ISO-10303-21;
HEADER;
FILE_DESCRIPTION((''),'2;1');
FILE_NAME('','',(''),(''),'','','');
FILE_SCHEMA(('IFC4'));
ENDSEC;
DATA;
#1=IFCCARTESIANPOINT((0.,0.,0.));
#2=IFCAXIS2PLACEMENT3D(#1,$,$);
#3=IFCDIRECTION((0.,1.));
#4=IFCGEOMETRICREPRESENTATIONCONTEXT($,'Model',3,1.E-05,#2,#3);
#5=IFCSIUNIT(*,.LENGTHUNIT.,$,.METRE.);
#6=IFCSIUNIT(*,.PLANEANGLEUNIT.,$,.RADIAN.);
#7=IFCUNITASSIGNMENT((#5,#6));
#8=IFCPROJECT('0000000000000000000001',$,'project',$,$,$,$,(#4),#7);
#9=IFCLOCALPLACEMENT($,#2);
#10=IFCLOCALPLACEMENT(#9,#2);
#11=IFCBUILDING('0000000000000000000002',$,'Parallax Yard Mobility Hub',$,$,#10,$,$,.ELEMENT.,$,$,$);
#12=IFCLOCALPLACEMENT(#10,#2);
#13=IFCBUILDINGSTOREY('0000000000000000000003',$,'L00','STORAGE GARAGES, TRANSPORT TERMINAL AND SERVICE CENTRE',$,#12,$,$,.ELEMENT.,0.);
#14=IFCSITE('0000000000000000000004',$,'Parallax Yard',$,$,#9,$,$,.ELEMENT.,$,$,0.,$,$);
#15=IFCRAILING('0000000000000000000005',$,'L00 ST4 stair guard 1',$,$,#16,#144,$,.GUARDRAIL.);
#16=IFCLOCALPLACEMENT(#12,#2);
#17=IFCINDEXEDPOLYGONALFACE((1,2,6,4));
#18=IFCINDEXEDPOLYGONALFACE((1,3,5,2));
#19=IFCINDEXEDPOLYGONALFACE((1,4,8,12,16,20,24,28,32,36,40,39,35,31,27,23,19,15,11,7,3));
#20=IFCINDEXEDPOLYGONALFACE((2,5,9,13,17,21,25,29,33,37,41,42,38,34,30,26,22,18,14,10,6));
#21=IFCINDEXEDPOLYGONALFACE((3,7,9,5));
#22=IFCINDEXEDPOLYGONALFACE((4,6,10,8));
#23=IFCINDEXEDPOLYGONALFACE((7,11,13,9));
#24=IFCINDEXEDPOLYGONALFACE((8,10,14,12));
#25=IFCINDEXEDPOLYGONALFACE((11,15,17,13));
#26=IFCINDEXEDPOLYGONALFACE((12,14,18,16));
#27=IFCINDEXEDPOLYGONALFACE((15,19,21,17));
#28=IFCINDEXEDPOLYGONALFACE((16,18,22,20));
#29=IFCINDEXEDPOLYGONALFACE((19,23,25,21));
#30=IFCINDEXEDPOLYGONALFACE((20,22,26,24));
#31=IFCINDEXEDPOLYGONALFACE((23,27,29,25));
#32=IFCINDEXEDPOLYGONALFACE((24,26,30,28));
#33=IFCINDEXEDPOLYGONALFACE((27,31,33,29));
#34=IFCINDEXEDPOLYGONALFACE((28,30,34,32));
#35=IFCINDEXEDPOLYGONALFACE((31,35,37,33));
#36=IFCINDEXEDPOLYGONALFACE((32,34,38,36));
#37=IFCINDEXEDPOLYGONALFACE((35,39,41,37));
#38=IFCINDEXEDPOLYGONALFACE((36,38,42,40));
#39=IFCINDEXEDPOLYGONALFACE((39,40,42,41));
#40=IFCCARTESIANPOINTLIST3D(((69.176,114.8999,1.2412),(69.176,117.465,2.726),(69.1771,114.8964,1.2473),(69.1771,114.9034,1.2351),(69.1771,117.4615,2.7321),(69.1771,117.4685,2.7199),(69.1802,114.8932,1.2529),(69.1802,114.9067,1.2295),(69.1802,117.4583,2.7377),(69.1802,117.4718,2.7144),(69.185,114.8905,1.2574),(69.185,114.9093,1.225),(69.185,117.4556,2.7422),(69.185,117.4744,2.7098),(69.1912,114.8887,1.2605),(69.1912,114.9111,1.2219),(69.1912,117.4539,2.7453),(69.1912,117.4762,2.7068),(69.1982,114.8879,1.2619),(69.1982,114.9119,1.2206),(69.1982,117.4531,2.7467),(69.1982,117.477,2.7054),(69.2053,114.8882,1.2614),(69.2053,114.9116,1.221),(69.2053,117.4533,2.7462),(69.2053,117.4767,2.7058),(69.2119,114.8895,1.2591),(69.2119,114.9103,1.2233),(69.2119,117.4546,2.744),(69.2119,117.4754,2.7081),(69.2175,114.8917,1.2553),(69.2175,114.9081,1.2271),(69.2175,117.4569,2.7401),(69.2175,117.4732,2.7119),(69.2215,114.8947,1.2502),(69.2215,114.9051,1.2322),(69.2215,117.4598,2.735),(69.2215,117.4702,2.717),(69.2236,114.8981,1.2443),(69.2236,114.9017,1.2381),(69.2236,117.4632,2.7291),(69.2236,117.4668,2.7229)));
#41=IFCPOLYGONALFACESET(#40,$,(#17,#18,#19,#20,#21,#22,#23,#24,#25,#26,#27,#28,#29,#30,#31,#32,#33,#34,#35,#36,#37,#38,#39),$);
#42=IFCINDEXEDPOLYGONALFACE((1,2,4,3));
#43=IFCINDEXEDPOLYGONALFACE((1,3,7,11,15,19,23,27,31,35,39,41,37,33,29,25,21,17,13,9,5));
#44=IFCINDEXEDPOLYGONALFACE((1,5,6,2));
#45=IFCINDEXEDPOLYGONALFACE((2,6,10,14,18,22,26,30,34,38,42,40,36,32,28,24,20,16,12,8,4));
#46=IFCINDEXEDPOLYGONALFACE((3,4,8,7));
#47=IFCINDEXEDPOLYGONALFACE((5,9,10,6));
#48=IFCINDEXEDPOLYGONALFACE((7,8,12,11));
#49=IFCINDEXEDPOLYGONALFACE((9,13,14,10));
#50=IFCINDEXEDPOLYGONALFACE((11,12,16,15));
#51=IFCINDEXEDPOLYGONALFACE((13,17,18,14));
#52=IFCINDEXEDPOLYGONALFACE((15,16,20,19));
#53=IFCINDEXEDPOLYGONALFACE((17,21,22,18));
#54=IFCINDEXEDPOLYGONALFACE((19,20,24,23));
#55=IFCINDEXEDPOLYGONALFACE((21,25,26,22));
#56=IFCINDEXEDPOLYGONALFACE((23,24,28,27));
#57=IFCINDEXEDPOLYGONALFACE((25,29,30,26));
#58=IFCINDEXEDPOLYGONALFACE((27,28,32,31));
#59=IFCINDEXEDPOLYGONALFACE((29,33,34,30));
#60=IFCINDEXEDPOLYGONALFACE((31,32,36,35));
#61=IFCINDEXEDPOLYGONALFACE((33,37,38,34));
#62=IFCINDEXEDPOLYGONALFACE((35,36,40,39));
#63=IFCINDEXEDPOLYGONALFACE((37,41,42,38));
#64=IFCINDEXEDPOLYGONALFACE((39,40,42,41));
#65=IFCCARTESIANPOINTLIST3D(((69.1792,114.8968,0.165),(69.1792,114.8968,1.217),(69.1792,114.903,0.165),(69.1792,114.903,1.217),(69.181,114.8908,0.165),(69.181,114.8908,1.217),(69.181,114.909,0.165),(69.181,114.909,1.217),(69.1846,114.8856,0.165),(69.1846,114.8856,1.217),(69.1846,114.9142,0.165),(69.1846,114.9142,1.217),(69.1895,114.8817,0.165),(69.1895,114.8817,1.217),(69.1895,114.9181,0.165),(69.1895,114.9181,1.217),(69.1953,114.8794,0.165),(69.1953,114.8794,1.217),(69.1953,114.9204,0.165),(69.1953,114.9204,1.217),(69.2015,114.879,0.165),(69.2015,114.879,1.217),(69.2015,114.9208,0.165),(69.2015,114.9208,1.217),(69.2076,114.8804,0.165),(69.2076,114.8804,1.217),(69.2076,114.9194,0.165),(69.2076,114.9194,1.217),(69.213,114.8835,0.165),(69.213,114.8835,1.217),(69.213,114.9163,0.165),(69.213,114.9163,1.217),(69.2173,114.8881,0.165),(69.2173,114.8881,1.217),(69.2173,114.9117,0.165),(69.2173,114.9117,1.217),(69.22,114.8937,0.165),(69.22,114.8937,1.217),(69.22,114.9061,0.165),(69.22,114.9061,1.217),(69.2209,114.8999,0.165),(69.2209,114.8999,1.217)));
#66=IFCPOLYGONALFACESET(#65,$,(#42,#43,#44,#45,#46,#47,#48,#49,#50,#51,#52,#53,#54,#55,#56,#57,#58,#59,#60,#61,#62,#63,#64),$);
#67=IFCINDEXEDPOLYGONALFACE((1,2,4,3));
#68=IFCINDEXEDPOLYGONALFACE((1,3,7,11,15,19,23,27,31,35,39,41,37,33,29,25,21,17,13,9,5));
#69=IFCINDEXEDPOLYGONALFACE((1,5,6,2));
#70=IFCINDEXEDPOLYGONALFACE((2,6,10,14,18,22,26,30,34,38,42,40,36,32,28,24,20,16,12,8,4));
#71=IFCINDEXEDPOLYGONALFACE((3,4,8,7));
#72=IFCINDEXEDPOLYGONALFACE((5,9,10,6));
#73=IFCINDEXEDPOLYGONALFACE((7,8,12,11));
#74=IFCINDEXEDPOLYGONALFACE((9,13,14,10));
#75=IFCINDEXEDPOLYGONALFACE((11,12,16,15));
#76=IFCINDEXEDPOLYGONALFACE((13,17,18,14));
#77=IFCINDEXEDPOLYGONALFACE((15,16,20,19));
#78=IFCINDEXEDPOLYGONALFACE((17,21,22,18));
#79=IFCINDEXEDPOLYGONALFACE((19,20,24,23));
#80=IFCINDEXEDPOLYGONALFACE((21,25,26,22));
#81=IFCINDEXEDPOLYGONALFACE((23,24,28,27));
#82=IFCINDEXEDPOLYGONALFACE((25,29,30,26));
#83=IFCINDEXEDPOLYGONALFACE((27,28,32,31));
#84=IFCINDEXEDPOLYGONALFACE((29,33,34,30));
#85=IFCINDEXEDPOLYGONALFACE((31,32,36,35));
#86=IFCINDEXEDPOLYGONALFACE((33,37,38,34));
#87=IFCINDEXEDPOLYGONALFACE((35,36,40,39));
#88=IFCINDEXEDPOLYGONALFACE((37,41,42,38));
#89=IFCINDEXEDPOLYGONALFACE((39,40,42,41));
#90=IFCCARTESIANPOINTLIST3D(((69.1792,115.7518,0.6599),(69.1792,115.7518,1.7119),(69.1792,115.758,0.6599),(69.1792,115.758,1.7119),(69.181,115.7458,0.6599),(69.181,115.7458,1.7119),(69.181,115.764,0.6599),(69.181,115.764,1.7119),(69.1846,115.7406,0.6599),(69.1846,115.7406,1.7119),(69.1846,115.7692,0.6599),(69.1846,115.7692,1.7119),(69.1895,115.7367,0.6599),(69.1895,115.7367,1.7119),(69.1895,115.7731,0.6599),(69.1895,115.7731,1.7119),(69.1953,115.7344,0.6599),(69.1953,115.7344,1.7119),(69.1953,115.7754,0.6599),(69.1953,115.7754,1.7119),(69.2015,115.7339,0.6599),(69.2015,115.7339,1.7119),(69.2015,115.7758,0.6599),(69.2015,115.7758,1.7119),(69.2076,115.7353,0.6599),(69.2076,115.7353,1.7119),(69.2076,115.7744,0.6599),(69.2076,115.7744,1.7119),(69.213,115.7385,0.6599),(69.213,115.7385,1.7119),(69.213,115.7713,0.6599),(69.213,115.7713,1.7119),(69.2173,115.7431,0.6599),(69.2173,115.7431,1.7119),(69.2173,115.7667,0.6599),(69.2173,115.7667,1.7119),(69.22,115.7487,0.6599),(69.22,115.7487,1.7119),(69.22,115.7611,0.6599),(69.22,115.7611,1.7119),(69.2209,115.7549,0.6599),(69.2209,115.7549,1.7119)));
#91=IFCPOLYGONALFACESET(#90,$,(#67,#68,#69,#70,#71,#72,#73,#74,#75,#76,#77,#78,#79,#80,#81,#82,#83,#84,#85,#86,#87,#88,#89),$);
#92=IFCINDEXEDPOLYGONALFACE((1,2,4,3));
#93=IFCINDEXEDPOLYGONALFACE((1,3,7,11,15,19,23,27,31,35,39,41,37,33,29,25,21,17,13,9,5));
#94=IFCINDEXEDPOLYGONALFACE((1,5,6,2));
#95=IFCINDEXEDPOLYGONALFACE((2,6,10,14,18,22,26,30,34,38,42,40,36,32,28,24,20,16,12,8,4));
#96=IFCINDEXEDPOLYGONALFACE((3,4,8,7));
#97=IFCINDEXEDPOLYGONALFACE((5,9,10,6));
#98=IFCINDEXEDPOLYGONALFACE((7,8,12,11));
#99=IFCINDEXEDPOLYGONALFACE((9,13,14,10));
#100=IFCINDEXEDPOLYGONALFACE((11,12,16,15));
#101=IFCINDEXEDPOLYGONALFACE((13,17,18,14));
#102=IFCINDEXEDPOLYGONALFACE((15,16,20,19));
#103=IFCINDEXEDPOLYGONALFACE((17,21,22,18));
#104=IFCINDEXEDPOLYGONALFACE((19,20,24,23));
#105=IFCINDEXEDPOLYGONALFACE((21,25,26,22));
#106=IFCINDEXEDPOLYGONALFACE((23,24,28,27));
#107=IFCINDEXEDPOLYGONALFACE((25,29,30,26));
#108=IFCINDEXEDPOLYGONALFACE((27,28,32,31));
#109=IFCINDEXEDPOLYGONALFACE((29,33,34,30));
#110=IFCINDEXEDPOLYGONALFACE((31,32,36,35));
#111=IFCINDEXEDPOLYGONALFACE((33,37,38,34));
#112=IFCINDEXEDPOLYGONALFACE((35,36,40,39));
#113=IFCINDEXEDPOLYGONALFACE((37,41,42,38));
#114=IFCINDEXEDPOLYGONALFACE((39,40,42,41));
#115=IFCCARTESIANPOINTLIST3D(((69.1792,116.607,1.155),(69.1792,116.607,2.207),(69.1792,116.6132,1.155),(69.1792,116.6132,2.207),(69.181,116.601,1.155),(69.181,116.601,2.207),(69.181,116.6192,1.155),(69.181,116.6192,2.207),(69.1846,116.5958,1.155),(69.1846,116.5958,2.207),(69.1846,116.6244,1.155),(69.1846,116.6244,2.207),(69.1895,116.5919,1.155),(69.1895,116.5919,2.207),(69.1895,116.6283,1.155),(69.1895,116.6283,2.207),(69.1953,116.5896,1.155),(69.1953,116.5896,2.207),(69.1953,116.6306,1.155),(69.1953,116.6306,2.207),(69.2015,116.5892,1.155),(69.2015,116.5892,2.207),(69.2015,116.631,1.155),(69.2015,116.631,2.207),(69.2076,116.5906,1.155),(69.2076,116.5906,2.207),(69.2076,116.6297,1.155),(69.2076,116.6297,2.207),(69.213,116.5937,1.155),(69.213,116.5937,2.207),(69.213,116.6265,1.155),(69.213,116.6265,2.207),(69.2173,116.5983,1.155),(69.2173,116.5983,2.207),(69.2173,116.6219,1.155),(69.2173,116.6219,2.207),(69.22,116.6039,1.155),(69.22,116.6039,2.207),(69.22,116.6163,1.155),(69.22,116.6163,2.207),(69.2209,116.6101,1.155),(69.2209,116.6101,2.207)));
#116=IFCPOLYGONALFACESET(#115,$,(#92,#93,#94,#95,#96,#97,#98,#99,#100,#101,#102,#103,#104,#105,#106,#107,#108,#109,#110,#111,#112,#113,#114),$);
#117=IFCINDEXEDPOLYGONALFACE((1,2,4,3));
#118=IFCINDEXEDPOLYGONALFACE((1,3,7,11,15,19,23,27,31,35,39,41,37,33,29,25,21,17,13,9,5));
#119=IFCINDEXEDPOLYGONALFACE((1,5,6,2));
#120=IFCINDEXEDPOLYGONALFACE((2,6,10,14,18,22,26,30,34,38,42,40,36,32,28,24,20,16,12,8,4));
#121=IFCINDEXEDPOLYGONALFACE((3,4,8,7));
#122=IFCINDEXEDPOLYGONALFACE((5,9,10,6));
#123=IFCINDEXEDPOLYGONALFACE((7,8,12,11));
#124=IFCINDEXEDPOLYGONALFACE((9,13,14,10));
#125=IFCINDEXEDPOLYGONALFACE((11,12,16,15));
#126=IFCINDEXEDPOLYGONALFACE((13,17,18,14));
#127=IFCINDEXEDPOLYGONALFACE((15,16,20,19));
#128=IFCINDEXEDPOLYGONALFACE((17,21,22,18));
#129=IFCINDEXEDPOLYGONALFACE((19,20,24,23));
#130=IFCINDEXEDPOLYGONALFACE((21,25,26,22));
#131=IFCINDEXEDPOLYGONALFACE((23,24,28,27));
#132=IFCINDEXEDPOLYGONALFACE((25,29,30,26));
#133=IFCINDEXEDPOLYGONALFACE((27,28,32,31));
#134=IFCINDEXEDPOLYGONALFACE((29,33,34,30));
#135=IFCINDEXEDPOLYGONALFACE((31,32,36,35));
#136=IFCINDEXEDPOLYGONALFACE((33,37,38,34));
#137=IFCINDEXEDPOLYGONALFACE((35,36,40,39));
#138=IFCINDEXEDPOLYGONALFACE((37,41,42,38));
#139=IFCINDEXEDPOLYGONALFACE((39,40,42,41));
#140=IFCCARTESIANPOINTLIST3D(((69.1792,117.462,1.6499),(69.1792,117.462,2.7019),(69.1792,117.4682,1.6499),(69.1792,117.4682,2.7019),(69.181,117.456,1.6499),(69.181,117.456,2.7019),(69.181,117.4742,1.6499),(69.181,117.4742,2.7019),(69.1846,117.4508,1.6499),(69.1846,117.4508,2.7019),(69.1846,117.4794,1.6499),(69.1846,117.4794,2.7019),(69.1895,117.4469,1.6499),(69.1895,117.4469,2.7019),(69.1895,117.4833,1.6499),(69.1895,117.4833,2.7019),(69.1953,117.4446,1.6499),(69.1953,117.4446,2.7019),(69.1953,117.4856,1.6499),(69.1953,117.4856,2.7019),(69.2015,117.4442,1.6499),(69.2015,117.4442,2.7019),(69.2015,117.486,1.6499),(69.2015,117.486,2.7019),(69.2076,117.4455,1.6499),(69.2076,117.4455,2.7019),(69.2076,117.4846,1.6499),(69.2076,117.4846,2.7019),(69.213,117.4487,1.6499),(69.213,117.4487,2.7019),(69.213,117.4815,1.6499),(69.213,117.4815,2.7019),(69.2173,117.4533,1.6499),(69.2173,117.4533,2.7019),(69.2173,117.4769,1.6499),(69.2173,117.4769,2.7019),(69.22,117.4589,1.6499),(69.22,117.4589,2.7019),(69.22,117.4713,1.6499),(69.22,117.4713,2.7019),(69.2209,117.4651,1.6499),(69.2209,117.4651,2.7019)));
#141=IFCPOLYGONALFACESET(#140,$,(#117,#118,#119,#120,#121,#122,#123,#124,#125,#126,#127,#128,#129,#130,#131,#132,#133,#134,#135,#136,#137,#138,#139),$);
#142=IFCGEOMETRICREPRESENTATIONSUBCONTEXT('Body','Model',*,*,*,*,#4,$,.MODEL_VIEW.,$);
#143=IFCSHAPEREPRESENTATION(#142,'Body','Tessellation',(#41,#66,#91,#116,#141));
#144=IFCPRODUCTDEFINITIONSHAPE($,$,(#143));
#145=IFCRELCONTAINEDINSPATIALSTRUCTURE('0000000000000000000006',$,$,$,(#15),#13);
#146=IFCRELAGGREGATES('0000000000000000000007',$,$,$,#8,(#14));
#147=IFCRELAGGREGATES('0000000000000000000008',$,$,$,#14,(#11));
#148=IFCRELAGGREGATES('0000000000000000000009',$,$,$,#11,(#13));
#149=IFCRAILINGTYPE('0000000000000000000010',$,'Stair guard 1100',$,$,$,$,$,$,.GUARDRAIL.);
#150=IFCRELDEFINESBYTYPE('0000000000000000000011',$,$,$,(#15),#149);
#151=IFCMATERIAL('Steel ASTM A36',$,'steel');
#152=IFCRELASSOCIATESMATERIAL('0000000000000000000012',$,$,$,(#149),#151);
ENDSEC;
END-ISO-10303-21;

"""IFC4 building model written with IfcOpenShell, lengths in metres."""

from ifc_helpers import new_model, si_unit, direction, frame, origin, origin_2d, place, context, subcontext, project, spatial, circle, extrude, material, type_object, element, save


model = new_model("IFC4")

# Units and contexts
model_context = context("Model", 3, precision=1e-05, world=origin(), true_north=direction((0.0, 1.0)))
body_context = subcontext(model_context, "Body", "Model", "MODEL_VIEW")
ifc_project = project(units=[si_unit("LENGTHUNIT", "METRE"), si_unit("PLANEANGLEUNIT", "RADIAN")], contexts=[model_context])

# Site, building, storey
site_placement = place(None, origin())
site = spatial("IfcSite", under=ifc_project, at=site_placement, Name="Parallax Yard", CompositionType="ELEMENT", RefElevation=0.0)
building_placement = place(site_placement, origin())
building = spatial("IfcBuilding", under=site, at=building_placement, Name="Parallax Yard Mobility Hub", CompositionType="ELEMENT")
storey_placement = place(building_placement, origin())
storey = spatial("IfcBuildingStorey", under=building, at=storey_placement, Name="L00", Description="STORAGE GARAGES, TRANSPORT TERMINAL AND SERVICE CENTRE", CompositionType="ELEMENT", Elevation=0.0)

# Railing
ifc_material_1 = material(Name="Steel ASTM A36", Category="steel")
railing_type_1 = type_object("IfcRailingType", Name="Stair guard 1100", PredefinedType="GUARDRAIL", material=ifc_material_1)
railing_1_placement = place(storey_placement, frame((69.2, 114.8999, 0.165)))
element("IfcRailing", 1, at=railing_1_placement, inside=storey, type_object=railing_type_1, Name="L00 ST4 stair guard 1", PredefinedType="GUARDRAIL", context=body_context, shape_type="SweptSolid", body=[
    extrude(circle(Radius=0.0239, at=origin_2d()), frame((0.0, 0.0, 1.0762), z_axis=(0.0, 0.865462, 0.500975), x_axis=(-1.0, 0.0, 0.0)), (0.0, 0.0, 1.0), 2.9639),
    extrude(circle(Radius=0.021, at=origin_2d()), origin(), (0.0, 0.0, 1.0), 1.052),
    extrude(circle(Radius=0.021, at=origin_2d()), frame((0.0, 0.855, 0.4949)), (0.0, 0.0, 1.0), 1.052),
    extrude(circle(Radius=0.021, at=origin_2d()), frame((0.0, 1.7102, 0.99)), (0.0, 0.0, 1.0), 1.052),
    extrude(circle(Radius=0.021, at=origin_2d()), frame((0.0, 2.5652, 1.4849)), (0.0, 0.0, 1.0), 1.052),
])

save(model, "model.ifc")
